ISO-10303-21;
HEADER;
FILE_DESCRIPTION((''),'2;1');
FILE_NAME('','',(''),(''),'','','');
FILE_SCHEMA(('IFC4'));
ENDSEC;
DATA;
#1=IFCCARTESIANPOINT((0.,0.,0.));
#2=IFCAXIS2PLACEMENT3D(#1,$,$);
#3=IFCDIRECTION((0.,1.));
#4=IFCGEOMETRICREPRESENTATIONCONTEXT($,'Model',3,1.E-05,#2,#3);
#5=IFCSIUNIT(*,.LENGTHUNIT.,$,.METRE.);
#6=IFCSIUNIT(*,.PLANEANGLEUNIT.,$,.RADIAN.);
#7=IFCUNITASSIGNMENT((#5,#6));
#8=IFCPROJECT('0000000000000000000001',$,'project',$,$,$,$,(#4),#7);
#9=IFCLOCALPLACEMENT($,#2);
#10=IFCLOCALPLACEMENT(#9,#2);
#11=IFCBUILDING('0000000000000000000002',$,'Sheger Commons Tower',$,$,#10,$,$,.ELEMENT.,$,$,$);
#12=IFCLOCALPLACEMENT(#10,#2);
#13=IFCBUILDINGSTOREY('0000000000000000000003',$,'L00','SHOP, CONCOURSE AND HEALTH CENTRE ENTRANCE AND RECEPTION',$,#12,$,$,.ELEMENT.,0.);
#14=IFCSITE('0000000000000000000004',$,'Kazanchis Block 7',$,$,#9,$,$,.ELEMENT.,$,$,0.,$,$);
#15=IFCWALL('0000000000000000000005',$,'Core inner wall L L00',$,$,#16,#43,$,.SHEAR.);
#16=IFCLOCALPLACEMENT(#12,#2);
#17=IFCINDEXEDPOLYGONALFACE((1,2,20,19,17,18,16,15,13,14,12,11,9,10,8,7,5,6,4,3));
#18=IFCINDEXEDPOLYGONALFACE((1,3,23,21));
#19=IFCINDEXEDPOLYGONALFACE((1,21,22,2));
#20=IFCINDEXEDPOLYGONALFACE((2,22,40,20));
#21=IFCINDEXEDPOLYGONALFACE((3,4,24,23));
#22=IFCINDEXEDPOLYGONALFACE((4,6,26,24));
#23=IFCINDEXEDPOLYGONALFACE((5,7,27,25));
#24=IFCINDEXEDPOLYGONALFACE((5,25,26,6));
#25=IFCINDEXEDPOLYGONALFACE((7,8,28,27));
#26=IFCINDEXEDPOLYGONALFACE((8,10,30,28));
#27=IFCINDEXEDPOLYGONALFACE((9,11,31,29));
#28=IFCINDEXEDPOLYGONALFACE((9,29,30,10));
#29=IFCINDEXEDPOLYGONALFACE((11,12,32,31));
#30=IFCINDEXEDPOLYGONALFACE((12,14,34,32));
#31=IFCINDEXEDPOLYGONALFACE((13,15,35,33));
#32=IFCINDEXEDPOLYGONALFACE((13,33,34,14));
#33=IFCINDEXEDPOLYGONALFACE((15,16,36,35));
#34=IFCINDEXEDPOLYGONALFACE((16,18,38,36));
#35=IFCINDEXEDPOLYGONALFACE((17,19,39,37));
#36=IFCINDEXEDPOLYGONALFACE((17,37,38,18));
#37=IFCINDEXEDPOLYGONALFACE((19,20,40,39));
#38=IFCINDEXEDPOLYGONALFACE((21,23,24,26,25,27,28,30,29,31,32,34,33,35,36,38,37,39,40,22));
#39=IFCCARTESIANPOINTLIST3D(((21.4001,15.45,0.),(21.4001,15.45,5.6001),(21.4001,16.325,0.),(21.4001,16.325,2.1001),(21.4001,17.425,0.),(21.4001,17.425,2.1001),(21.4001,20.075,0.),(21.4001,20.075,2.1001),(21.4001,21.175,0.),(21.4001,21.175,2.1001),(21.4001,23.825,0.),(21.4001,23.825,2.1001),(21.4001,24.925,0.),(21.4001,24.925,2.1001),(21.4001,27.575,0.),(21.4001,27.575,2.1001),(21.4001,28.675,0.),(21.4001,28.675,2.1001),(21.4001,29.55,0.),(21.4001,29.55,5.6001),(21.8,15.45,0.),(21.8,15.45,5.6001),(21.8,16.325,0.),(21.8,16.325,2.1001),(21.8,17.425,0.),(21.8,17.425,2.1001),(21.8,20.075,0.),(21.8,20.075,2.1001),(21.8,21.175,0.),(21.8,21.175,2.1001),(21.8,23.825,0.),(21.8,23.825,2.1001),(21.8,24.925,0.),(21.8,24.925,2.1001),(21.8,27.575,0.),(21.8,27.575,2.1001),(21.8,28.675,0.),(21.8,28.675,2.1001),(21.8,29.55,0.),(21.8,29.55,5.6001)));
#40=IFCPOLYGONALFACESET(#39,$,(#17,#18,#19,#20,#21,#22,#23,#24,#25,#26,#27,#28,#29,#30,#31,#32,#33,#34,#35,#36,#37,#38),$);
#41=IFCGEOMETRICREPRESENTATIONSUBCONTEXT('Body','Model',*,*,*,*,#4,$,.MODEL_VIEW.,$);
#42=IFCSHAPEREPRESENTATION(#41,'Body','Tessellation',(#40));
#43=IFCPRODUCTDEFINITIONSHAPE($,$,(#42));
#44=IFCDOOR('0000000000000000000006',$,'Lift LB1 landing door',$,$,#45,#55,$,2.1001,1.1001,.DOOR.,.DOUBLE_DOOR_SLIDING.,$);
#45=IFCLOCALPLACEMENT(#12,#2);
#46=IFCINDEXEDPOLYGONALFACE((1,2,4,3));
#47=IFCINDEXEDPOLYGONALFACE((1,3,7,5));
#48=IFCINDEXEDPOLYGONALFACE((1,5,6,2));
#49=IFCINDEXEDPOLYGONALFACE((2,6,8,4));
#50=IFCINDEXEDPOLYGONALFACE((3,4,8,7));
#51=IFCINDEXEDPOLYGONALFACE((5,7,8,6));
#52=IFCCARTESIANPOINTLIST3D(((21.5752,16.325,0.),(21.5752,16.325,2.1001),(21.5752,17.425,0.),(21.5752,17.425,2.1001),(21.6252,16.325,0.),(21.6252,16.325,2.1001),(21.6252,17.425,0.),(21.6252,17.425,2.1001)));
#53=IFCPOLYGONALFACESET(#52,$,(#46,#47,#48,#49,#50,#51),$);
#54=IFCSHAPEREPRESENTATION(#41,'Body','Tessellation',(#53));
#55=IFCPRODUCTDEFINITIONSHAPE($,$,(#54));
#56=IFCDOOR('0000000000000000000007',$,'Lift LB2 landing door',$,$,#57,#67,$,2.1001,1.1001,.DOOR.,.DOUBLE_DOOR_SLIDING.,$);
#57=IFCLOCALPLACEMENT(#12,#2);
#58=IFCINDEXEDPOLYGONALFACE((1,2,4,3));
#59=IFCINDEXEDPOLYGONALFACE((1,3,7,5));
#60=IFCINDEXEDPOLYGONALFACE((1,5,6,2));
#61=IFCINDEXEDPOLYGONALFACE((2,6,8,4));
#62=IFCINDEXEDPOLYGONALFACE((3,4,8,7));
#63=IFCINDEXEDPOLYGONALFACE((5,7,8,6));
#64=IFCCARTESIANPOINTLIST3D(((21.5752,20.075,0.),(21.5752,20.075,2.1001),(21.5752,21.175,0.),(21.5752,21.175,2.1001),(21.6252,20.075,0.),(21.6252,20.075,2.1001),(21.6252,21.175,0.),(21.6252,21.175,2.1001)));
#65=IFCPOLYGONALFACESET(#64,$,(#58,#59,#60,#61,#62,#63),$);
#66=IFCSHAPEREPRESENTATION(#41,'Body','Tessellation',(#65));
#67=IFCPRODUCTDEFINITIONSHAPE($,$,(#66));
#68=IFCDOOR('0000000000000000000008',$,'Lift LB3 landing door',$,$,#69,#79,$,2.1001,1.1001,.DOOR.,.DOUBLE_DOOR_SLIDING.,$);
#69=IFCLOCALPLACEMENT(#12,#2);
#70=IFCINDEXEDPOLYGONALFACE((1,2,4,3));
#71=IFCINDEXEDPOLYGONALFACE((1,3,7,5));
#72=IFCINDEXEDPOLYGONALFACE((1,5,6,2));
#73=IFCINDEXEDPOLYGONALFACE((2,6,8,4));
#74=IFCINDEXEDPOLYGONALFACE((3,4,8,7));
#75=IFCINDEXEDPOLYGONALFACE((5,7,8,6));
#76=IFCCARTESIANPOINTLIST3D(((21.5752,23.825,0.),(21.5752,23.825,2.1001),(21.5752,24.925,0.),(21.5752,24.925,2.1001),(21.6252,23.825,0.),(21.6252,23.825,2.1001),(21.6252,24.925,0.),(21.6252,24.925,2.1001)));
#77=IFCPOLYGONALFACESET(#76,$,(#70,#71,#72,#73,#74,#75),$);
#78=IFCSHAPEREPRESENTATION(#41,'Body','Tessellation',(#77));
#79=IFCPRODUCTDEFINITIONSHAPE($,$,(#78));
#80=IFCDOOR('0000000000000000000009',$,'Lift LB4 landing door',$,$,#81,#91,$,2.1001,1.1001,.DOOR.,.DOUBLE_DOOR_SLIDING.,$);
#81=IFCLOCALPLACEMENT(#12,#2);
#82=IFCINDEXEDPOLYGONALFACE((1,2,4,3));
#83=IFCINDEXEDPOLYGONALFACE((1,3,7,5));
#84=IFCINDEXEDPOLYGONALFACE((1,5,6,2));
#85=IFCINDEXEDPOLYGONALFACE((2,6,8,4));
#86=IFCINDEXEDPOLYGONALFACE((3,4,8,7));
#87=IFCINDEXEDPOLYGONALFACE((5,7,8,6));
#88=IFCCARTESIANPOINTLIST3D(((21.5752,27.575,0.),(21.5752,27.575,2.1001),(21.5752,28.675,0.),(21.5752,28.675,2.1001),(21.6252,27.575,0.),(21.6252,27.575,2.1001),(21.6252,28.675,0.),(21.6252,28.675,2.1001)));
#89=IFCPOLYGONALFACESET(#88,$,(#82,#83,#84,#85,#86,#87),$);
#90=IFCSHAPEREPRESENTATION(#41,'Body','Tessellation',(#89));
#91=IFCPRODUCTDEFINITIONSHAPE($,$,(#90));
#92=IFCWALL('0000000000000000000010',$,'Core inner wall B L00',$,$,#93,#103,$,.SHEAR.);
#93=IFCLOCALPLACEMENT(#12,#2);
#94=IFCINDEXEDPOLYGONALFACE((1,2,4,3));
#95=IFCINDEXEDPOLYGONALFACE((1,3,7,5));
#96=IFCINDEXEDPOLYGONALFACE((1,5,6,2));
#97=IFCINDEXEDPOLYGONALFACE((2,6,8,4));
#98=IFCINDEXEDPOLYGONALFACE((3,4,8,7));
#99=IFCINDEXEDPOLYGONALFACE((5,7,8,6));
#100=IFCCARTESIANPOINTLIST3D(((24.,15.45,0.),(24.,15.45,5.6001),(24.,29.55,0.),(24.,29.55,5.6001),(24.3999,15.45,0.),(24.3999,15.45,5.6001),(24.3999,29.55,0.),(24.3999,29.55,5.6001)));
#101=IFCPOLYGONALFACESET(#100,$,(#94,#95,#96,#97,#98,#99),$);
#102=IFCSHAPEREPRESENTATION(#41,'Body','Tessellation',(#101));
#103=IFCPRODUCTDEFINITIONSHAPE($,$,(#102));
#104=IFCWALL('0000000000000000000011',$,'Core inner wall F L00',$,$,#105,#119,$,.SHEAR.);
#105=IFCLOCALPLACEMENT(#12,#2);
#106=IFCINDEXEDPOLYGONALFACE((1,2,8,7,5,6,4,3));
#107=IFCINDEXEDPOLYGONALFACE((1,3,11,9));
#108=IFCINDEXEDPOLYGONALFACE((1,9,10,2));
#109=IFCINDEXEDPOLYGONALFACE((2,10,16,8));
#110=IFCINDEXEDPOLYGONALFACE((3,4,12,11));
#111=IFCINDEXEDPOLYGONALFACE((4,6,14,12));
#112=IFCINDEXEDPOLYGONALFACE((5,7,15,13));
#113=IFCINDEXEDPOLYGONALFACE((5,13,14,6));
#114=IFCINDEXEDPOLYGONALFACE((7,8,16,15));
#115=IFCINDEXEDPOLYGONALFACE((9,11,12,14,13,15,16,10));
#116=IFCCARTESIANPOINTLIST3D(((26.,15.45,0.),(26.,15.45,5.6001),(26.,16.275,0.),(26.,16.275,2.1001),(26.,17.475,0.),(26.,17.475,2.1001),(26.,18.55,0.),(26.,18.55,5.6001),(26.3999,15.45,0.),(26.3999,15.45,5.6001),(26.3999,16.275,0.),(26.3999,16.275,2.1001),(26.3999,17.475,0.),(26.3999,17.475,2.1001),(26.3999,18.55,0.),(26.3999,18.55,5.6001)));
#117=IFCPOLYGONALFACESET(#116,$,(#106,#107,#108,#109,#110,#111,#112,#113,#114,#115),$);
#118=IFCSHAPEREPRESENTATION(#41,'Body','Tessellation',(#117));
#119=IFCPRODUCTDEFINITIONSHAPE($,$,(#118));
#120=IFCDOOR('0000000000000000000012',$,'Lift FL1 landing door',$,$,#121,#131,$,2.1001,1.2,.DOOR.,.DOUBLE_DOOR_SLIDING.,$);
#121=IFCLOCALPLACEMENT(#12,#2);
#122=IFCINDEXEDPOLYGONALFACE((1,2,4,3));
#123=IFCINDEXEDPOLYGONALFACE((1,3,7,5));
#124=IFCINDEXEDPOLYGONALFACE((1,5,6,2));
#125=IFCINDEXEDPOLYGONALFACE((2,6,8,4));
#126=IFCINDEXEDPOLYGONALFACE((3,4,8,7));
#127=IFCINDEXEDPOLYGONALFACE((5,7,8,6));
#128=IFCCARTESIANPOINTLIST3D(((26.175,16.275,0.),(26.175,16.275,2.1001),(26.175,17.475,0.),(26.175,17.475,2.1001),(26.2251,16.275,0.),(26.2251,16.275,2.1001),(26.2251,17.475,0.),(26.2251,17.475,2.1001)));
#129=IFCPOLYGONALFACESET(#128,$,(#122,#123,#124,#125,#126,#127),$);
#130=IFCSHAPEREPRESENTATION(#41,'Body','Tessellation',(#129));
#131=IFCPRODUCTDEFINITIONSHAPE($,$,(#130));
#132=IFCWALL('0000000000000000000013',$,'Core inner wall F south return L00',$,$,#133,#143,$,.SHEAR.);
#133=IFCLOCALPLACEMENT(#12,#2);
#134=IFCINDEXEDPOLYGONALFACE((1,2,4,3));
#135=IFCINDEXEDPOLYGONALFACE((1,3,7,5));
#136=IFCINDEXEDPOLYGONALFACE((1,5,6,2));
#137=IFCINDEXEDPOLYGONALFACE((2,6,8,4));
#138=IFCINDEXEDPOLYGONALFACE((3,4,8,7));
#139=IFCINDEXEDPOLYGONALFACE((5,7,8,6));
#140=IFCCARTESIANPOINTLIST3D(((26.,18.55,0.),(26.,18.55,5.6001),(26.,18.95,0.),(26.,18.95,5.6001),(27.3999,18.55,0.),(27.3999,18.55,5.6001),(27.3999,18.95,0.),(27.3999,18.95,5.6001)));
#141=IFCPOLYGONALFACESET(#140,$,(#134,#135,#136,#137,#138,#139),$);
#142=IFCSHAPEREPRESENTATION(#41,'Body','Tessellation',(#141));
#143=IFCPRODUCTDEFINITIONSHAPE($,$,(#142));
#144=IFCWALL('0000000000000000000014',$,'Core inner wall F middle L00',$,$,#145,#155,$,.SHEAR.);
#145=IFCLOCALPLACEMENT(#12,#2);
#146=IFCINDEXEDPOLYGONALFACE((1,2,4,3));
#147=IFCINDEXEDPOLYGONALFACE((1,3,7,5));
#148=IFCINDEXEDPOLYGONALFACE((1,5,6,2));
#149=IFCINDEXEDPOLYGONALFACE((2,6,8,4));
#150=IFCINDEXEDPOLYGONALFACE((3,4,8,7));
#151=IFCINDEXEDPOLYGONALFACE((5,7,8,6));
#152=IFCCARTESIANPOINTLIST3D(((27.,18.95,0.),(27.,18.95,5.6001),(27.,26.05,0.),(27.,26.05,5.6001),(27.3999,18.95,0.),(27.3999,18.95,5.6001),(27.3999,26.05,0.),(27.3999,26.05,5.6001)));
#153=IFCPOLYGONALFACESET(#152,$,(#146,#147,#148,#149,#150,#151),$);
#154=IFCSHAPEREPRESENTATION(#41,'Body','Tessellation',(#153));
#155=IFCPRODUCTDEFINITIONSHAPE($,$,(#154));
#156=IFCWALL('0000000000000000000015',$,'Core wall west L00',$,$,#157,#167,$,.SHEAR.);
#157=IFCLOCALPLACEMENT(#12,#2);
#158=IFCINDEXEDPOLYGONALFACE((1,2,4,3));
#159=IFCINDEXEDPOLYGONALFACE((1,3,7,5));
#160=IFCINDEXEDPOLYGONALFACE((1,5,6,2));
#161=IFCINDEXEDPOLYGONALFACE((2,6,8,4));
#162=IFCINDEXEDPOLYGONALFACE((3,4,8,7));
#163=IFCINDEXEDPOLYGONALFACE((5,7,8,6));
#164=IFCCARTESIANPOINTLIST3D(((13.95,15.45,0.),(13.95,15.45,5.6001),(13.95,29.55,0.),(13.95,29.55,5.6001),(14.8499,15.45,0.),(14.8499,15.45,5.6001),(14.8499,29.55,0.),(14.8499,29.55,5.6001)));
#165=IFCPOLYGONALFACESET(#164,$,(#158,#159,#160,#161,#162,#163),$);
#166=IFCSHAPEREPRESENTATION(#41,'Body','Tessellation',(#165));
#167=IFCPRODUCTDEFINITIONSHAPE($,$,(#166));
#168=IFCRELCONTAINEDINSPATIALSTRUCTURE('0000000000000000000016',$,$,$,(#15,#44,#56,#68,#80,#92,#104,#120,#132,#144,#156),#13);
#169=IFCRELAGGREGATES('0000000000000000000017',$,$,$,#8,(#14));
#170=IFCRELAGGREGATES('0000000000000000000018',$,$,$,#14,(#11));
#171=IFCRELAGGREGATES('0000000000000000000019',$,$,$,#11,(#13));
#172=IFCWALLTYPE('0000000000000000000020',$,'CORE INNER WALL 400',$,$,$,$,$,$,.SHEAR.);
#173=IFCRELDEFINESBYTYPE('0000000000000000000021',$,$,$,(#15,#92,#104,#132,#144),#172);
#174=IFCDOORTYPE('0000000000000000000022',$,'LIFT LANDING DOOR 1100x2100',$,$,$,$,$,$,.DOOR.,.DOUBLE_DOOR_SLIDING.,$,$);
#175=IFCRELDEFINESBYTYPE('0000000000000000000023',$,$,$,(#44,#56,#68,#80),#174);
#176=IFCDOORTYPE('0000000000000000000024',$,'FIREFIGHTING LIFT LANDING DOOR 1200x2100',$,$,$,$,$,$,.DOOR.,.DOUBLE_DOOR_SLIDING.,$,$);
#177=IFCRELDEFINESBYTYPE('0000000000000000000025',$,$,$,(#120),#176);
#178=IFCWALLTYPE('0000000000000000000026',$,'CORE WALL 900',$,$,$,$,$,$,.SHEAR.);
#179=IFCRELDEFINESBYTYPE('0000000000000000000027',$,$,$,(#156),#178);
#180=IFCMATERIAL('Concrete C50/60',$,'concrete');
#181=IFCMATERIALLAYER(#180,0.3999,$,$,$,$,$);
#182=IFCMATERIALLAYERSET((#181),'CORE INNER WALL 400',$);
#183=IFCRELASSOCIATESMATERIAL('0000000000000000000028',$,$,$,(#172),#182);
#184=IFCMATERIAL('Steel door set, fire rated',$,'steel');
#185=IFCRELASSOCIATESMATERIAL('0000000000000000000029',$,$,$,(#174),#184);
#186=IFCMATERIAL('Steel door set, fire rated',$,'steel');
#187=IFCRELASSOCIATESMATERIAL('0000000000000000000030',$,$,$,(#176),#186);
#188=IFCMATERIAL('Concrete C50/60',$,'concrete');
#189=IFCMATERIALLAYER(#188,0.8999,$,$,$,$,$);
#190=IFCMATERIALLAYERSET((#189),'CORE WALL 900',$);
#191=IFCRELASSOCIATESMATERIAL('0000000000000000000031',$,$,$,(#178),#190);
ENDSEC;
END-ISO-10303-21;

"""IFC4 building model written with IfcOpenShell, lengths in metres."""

from ifc_helpers import new_model, si_unit, direction, frame, frame_2d, origin, place, context, subcontext, project, spatial, rectangle, extrude, material, layer, layer_set, type_object, element, fill, save


model = new_model("IFC4")

# Units and contexts
model_context = context("Model", 3, precision=1e-05, world=origin(), true_north=direction((0.0, 1.0)))
body_context = subcontext(model_context, "Body", "Model", "MODEL_VIEW")
ifc_project = project(units=[si_unit("LENGTHUNIT", "METRE"), si_unit("PLANEANGLEUNIT", "RADIAN")], contexts=[model_context])

# Site, building, storey
site_placement = place(None, origin())
site = spatial("IfcSite", under=ifc_project, at=site_placement, Name="Kazanchis Block 7", CompositionType="ELEMENT", RefElevation=0.0)
building_placement = place(site_placement, origin())
building = spatial("IfcBuilding", under=site, at=building_placement, Name="Sheger Commons Tower", CompositionType="ELEMENT")
storey_placement = place(building_placement, origin())
storey = spatial("IfcBuildingStorey", under=building, at=storey_placement, Name="L00", Description="SHOP, CONCOURSE AND HEALTH CENTRE ENTRANCE AND RECEPTION", CompositionType="ELEMENT", Elevation=0.0)

# Wall, openings, doors
ifc_material_1 = material(Name="Concrete C50/60", Category="concrete")
ifc_layer_1 = layer(ifc_material_1, 0.3999)
ifc_layer_set_1 = layer_set([ifc_layer_1], Name="CORE INNER WALL 400")
wall_type_1 = type_object("IfcWallType", Name="CORE INNER WALL 400", PredefinedType="SHEAR", material=ifc_layer_set_1)
ifc_material_2 = material(Name="Steel door set, fire rated", Category="steel")
door_type_1 = type_object("IfcDoorType", Name="LIFT LANDING DOOR 1100x2100", OperationType="DOUBLE_DOOR_SLIDING", PredefinedType="DOOR", material=ifc_material_2)
wall_1_placement = place(storey_placement, frame((21.6001, 15.45, 0.0), z_axis=(0.0, 0.0, 1.0), x_axis=(0.0, 1.0, 0.0)))
wall_1 = element("IfcWall", 1, at=wall_1_placement, inside=storey, type_object=wall_type_1, Name="Core inner wall L L00", PredefinedType="SHEAR", context=body_context, shape_type="SweptSolid", body=[
    extrude(rectangle(XDim=14.1001, YDim=0.3999, at=frame_2d((7.05, 0.0))), origin(), (0.0, 0.0, 1.0), 5.6001),
])
opening_1_placement = place(wall_1_placement, frame((0.875, 0.0, 0.0)))
opening_1 = element("IfcOpeningElement", 2, at=opening_1_placement, cuts=wall_1, PredefinedType="OPENING", context=body_context, shape_type="SweptSolid", body=[
    extrude(rectangle(XDim=1.1001, YDim=2.1001, at=frame_2d((0.55, 1.05))), frame((0.0, 0.21, 0.0), z_axis=(0.0, -1.0, 0.0), x_axis=(1.0, 0.0, 0.0)), (0.0, 0.0, 1.0), 0.4199),
])
opening_2_placement = place(wall_1_placement, frame((4.625, 0.0, 0.0)))
opening_2 = element("IfcOpeningElement", 3, at=opening_2_placement, cuts=wall_1, PredefinedType="OPENING", context=body_context, shape_type="SweptSolid", body=[
    extrude(rectangle(XDim=1.1001, YDim=2.1001, at=frame_2d((0.55, 1.05))), frame((0.0, 0.21, 0.0), z_axis=(0.0, -1.0, 0.0), x_axis=(1.0, 0.0, 0.0)), (0.0, 0.0, 1.0), 0.4199),
])
opening_3_placement = place(wall_1_placement, frame((8.375, 0.0, 0.0)))
opening_3 = element("IfcOpeningElement", 4, at=opening_3_placement, cuts=wall_1, PredefinedType="OPENING", context=body_context, shape_type="SweptSolid", body=[
    extrude(rectangle(XDim=1.1001, YDim=2.1001, at=frame_2d((0.55, 1.05))), frame((0.0, 0.21, 0.0), z_axis=(0.0, -1.0, 0.0), x_axis=(1.0, 0.0, 0.0)), (0.0, 0.0, 1.0), 0.4199),
])
opening_4_placement = place(wall_1_placement, frame((12.125, 0.0, 0.0)))
opening_4 = element("IfcOpeningElement", 5, at=opening_4_placement, cuts=wall_1, PredefinedType="OPENING", context=body_context, shape_type="SweptSolid", body=[
    extrude(rectangle(XDim=1.1001, YDim=2.1001, at=frame_2d((0.55, 1.05))), frame((0.0, 0.21, 0.0), z_axis=(0.0, -1.0, 0.0), x_axis=(1.0, 0.0, 0.0)), (0.0, 0.0, 1.0), 0.4199),
])
door_1_placement = place(opening_1_placement, origin())
door_1 = element("IfcDoor", 6, at=door_1_placement, inside=storey, type_object=door_type_1, Name="Lift LB1 landing door", OperationType="DOUBLE_DOOR_SLIDING", OverallHeight=2.1001, OverallWidth=1.1001, PredefinedType="DOOR", context=body_context, shape_type="SweptSolid", body=[
    extrude(rectangle(XDim=1.1001, YDim=2.1001, at=frame_2d((0.55, 1.05))), frame((0.0, 0.0249, 0.0), z_axis=(0.0, -1.0, 0.0), x_axis=(1.0, 0.0, 0.0)), (0.0, 0.0, 1.0), 0.05),
])
fill(opening_1, door_1)
door_2_placement = place(opening_2_placement, origin())
door_2 = element("IfcDoor", 7, at=door_2_placement, inside=storey, type_object=door_type_1, Name="Lift LB2 landing door", OperationType="DOUBLE_DOOR_SLIDING", OverallHeight=2.1001, OverallWidth=1.1001, PredefinedType="DOOR", context=body_context, shape_type="SweptSolid", body=[
    extrude(rectangle(XDim=1.1001, YDim=2.1001, at=frame_2d((0.55, 1.05))), frame((0.0, 0.0249, 0.0), z_axis=(0.0, -1.0, 0.0), x_axis=(1.0, 0.0, 0.0)), (0.0, 0.0, 1.0), 0.05),
])
fill(opening_2, door_2)
door_3_placement = place(opening_3_placement, origin())
door_3 = element("IfcDoor", 8, at=door_3_placement, inside=storey, type_object=door_type_1, Name="Lift LB3 landing door", OperationType="DOUBLE_DOOR_SLIDING", OverallHeight=2.1001, OverallWidth=1.1001, PredefinedType="DOOR", context=body_context, shape_type="SweptSolid", body=[
    extrude(rectangle(XDim=1.1001, YDim=2.1001, at=frame_2d((0.55, 1.05))), frame((0.0, 0.0249, 0.0), z_axis=(0.0, -1.0, 0.0), x_axis=(1.0, 0.0, 0.0)), (0.0, 0.0, 1.0), 0.05),
])
fill(opening_3, door_3)
door_4_placement = place(opening_4_placement, origin())
door_4 = element("IfcDoor", 9, at=door_4_placement, inside=storey, type_object=door_type_1, Name="Lift LB4 landing door", OperationType="DOUBLE_DOOR_SLIDING", OverallHeight=2.1001, OverallWidth=1.1001, PredefinedType="DOOR", context=body_context, shape_type="SweptSolid", body=[
    extrude(rectangle(XDim=1.1001, YDim=2.1001, at=frame_2d((0.55, 1.05))), frame((0.0, 0.0249, 0.0), z_axis=(0.0, -1.0, 0.0), x_axis=(1.0, 0.0, 0.0)), (0.0, 0.0, 1.0), 0.05),
])
fill(opening_4, door_4)

# Wall
wall_2_placement = place(storey_placement, frame((24.2, 15.45, 0.0), z_axis=(0.0, 0.0, 1.0), x_axis=(0.0, 1.0, 0.0)))
element("IfcWall", 10, at=wall_2_placement, inside=storey, type_object=wall_type_1, Name="Core inner wall B L00", PredefinedType="SHEAR", context=body_context, shape_type="SweptSolid", body=[
    extrude(rectangle(XDim=14.1001, YDim=0.3999, at=frame_2d((7.05, 0.0))), origin(), (0.0, 0.0, 1.0), 5.6001),
])

# Wall, opening, door
wall_3_placement = place(storey_placement, frame((26.2, 15.45, 0.0), z_axis=(0.0, 0.0, 1.0), x_axis=(0.0, 1.0, 0.0)))
wall_3 = element("IfcWall", 11, at=wall_3_placement, inside=storey, type_object=wall_type_1, Name="Core inner wall F L00", PredefinedType="SHEAR", context=body_context, shape_type="SweptSolid", body=[
    extrude(rectangle(XDim=3.1001, YDim=0.3999, at=frame_2d((1.55, 0.0))), origin(), (0.0, 0.0, 1.0), 5.6001),
])
opening_5_placement = place(wall_3_placement, frame((0.825, 0.0, 0.0)))
opening_5 = element("IfcOpeningElement", 12, at=opening_5_placement, cuts=wall_3, PredefinedType="OPENING", context=body_context, shape_type="SweptSolid", body=[
    extrude(rectangle(XDim=1.2, YDim=2.1001, at=frame_2d((0.6001, 1.05))), frame((0.0, 0.21, 0.0), z_axis=(0.0, -1.0, 0.0), x_axis=(1.0, 0.0, 0.0)), (0.0, 0.0, 1.0), 0.4199),
])
ifc_material_3 = material(Name="Steel door set, fire rated", Category="steel")
door_type_2 = type_object("IfcDoorType", Name="FIREFIGHTING LIFT LANDING DOOR 1200x2100", OperationType="DOUBLE_DOOR_SLIDING", PredefinedType="DOOR", material=ifc_material_3)
door_5_placement = place(opening_5_placement, origin())
door_5 = element("IfcDoor", 13, at=door_5_placement, inside=storey, type_object=door_type_2, Name="Lift FL1 landing door", OperationType="DOUBLE_DOOR_SLIDING", OverallHeight=2.1001, OverallWidth=1.2, PredefinedType="DOOR", context=body_context, shape_type="SweptSolid", body=[
    extrude(rectangle(XDim=1.2, YDim=2.1001, at=frame_2d((0.6001, 1.05))), frame((0.0, 0.0249, 0.0), z_axis=(0.0, -1.0, 0.0), x_axis=(1.0, 0.0, 0.0)), (0.0, 0.0, 1.0), 0.05),
])
fill(opening_5, door_5)

# Walls
wall_4_placement = place(storey_placement, frame((26.0, 18.75, 0.0), z_axis=(0.0, 0.0, 1.0), x_axis=(1.0, 0.0, 0.0)))
element("IfcWall", 14, at=wall_4_placement, inside=storey, type_object=wall_type_1, Name="Core inner wall F south return L00", PredefinedType="SHEAR", context=body_context, shape_type="SweptSolid", body=[
    extrude(rectangle(XDim=1.3999, YDim=0.3999, at=frame_2d((0.7, 0.0))), origin(), (0.0, 0.0, 1.0), 5.6001),
])
wall_5_placement = place(storey_placement, frame((27.2, 18.95, 0.0), z_axis=(0.0, 0.0, 1.0), x_axis=(0.0, 1.0, 0.0)))
element("IfcWall", 15, at=wall_5_placement, inside=storey, type_object=wall_type_1, Name="Core inner wall F middle L00", PredefinedType="SHEAR", context=body_context, shape_type="SweptSolid", body=[
    extrude(rectangle(XDim=7.1001, YDim=0.3999, at=frame_2d((3.55, 0.0))), origin(), (0.0, 0.0, 1.0), 5.6001),
])
ifc_material_4 = material(Name="Concrete C50/60", Category="concrete")
ifc_layer_2 = layer(ifc_material_4, 0.8999)
ifc_layer_set_2 = layer_set([ifc_layer_2], Name="CORE WALL 900")
wall_type_2 = type_object("IfcWallType", Name="CORE WALL 900", PredefinedType="SHEAR", material=ifc_layer_set_2)
wall_6_placement = place(storey_placement, frame((14.3999, 15.45, 0.0), z_axis=(0.0, 0.0, 1.0), x_axis=(0.0, 1.0, 0.0)))
element("IfcWall", 16, at=wall_6_placement, inside=storey, type_object=wall_type_2, Name="Core wall west L00", PredefinedType="SHEAR", context=body_context, shape_type="SweptSolid", body=[
    extrude(rectangle(XDim=14.1001, YDim=0.8999, at=frame_2d((7.05, 0.0))), origin(), (0.0, 0.0, 1.0), 5.6001),
])

save(model, "model.ifc")
